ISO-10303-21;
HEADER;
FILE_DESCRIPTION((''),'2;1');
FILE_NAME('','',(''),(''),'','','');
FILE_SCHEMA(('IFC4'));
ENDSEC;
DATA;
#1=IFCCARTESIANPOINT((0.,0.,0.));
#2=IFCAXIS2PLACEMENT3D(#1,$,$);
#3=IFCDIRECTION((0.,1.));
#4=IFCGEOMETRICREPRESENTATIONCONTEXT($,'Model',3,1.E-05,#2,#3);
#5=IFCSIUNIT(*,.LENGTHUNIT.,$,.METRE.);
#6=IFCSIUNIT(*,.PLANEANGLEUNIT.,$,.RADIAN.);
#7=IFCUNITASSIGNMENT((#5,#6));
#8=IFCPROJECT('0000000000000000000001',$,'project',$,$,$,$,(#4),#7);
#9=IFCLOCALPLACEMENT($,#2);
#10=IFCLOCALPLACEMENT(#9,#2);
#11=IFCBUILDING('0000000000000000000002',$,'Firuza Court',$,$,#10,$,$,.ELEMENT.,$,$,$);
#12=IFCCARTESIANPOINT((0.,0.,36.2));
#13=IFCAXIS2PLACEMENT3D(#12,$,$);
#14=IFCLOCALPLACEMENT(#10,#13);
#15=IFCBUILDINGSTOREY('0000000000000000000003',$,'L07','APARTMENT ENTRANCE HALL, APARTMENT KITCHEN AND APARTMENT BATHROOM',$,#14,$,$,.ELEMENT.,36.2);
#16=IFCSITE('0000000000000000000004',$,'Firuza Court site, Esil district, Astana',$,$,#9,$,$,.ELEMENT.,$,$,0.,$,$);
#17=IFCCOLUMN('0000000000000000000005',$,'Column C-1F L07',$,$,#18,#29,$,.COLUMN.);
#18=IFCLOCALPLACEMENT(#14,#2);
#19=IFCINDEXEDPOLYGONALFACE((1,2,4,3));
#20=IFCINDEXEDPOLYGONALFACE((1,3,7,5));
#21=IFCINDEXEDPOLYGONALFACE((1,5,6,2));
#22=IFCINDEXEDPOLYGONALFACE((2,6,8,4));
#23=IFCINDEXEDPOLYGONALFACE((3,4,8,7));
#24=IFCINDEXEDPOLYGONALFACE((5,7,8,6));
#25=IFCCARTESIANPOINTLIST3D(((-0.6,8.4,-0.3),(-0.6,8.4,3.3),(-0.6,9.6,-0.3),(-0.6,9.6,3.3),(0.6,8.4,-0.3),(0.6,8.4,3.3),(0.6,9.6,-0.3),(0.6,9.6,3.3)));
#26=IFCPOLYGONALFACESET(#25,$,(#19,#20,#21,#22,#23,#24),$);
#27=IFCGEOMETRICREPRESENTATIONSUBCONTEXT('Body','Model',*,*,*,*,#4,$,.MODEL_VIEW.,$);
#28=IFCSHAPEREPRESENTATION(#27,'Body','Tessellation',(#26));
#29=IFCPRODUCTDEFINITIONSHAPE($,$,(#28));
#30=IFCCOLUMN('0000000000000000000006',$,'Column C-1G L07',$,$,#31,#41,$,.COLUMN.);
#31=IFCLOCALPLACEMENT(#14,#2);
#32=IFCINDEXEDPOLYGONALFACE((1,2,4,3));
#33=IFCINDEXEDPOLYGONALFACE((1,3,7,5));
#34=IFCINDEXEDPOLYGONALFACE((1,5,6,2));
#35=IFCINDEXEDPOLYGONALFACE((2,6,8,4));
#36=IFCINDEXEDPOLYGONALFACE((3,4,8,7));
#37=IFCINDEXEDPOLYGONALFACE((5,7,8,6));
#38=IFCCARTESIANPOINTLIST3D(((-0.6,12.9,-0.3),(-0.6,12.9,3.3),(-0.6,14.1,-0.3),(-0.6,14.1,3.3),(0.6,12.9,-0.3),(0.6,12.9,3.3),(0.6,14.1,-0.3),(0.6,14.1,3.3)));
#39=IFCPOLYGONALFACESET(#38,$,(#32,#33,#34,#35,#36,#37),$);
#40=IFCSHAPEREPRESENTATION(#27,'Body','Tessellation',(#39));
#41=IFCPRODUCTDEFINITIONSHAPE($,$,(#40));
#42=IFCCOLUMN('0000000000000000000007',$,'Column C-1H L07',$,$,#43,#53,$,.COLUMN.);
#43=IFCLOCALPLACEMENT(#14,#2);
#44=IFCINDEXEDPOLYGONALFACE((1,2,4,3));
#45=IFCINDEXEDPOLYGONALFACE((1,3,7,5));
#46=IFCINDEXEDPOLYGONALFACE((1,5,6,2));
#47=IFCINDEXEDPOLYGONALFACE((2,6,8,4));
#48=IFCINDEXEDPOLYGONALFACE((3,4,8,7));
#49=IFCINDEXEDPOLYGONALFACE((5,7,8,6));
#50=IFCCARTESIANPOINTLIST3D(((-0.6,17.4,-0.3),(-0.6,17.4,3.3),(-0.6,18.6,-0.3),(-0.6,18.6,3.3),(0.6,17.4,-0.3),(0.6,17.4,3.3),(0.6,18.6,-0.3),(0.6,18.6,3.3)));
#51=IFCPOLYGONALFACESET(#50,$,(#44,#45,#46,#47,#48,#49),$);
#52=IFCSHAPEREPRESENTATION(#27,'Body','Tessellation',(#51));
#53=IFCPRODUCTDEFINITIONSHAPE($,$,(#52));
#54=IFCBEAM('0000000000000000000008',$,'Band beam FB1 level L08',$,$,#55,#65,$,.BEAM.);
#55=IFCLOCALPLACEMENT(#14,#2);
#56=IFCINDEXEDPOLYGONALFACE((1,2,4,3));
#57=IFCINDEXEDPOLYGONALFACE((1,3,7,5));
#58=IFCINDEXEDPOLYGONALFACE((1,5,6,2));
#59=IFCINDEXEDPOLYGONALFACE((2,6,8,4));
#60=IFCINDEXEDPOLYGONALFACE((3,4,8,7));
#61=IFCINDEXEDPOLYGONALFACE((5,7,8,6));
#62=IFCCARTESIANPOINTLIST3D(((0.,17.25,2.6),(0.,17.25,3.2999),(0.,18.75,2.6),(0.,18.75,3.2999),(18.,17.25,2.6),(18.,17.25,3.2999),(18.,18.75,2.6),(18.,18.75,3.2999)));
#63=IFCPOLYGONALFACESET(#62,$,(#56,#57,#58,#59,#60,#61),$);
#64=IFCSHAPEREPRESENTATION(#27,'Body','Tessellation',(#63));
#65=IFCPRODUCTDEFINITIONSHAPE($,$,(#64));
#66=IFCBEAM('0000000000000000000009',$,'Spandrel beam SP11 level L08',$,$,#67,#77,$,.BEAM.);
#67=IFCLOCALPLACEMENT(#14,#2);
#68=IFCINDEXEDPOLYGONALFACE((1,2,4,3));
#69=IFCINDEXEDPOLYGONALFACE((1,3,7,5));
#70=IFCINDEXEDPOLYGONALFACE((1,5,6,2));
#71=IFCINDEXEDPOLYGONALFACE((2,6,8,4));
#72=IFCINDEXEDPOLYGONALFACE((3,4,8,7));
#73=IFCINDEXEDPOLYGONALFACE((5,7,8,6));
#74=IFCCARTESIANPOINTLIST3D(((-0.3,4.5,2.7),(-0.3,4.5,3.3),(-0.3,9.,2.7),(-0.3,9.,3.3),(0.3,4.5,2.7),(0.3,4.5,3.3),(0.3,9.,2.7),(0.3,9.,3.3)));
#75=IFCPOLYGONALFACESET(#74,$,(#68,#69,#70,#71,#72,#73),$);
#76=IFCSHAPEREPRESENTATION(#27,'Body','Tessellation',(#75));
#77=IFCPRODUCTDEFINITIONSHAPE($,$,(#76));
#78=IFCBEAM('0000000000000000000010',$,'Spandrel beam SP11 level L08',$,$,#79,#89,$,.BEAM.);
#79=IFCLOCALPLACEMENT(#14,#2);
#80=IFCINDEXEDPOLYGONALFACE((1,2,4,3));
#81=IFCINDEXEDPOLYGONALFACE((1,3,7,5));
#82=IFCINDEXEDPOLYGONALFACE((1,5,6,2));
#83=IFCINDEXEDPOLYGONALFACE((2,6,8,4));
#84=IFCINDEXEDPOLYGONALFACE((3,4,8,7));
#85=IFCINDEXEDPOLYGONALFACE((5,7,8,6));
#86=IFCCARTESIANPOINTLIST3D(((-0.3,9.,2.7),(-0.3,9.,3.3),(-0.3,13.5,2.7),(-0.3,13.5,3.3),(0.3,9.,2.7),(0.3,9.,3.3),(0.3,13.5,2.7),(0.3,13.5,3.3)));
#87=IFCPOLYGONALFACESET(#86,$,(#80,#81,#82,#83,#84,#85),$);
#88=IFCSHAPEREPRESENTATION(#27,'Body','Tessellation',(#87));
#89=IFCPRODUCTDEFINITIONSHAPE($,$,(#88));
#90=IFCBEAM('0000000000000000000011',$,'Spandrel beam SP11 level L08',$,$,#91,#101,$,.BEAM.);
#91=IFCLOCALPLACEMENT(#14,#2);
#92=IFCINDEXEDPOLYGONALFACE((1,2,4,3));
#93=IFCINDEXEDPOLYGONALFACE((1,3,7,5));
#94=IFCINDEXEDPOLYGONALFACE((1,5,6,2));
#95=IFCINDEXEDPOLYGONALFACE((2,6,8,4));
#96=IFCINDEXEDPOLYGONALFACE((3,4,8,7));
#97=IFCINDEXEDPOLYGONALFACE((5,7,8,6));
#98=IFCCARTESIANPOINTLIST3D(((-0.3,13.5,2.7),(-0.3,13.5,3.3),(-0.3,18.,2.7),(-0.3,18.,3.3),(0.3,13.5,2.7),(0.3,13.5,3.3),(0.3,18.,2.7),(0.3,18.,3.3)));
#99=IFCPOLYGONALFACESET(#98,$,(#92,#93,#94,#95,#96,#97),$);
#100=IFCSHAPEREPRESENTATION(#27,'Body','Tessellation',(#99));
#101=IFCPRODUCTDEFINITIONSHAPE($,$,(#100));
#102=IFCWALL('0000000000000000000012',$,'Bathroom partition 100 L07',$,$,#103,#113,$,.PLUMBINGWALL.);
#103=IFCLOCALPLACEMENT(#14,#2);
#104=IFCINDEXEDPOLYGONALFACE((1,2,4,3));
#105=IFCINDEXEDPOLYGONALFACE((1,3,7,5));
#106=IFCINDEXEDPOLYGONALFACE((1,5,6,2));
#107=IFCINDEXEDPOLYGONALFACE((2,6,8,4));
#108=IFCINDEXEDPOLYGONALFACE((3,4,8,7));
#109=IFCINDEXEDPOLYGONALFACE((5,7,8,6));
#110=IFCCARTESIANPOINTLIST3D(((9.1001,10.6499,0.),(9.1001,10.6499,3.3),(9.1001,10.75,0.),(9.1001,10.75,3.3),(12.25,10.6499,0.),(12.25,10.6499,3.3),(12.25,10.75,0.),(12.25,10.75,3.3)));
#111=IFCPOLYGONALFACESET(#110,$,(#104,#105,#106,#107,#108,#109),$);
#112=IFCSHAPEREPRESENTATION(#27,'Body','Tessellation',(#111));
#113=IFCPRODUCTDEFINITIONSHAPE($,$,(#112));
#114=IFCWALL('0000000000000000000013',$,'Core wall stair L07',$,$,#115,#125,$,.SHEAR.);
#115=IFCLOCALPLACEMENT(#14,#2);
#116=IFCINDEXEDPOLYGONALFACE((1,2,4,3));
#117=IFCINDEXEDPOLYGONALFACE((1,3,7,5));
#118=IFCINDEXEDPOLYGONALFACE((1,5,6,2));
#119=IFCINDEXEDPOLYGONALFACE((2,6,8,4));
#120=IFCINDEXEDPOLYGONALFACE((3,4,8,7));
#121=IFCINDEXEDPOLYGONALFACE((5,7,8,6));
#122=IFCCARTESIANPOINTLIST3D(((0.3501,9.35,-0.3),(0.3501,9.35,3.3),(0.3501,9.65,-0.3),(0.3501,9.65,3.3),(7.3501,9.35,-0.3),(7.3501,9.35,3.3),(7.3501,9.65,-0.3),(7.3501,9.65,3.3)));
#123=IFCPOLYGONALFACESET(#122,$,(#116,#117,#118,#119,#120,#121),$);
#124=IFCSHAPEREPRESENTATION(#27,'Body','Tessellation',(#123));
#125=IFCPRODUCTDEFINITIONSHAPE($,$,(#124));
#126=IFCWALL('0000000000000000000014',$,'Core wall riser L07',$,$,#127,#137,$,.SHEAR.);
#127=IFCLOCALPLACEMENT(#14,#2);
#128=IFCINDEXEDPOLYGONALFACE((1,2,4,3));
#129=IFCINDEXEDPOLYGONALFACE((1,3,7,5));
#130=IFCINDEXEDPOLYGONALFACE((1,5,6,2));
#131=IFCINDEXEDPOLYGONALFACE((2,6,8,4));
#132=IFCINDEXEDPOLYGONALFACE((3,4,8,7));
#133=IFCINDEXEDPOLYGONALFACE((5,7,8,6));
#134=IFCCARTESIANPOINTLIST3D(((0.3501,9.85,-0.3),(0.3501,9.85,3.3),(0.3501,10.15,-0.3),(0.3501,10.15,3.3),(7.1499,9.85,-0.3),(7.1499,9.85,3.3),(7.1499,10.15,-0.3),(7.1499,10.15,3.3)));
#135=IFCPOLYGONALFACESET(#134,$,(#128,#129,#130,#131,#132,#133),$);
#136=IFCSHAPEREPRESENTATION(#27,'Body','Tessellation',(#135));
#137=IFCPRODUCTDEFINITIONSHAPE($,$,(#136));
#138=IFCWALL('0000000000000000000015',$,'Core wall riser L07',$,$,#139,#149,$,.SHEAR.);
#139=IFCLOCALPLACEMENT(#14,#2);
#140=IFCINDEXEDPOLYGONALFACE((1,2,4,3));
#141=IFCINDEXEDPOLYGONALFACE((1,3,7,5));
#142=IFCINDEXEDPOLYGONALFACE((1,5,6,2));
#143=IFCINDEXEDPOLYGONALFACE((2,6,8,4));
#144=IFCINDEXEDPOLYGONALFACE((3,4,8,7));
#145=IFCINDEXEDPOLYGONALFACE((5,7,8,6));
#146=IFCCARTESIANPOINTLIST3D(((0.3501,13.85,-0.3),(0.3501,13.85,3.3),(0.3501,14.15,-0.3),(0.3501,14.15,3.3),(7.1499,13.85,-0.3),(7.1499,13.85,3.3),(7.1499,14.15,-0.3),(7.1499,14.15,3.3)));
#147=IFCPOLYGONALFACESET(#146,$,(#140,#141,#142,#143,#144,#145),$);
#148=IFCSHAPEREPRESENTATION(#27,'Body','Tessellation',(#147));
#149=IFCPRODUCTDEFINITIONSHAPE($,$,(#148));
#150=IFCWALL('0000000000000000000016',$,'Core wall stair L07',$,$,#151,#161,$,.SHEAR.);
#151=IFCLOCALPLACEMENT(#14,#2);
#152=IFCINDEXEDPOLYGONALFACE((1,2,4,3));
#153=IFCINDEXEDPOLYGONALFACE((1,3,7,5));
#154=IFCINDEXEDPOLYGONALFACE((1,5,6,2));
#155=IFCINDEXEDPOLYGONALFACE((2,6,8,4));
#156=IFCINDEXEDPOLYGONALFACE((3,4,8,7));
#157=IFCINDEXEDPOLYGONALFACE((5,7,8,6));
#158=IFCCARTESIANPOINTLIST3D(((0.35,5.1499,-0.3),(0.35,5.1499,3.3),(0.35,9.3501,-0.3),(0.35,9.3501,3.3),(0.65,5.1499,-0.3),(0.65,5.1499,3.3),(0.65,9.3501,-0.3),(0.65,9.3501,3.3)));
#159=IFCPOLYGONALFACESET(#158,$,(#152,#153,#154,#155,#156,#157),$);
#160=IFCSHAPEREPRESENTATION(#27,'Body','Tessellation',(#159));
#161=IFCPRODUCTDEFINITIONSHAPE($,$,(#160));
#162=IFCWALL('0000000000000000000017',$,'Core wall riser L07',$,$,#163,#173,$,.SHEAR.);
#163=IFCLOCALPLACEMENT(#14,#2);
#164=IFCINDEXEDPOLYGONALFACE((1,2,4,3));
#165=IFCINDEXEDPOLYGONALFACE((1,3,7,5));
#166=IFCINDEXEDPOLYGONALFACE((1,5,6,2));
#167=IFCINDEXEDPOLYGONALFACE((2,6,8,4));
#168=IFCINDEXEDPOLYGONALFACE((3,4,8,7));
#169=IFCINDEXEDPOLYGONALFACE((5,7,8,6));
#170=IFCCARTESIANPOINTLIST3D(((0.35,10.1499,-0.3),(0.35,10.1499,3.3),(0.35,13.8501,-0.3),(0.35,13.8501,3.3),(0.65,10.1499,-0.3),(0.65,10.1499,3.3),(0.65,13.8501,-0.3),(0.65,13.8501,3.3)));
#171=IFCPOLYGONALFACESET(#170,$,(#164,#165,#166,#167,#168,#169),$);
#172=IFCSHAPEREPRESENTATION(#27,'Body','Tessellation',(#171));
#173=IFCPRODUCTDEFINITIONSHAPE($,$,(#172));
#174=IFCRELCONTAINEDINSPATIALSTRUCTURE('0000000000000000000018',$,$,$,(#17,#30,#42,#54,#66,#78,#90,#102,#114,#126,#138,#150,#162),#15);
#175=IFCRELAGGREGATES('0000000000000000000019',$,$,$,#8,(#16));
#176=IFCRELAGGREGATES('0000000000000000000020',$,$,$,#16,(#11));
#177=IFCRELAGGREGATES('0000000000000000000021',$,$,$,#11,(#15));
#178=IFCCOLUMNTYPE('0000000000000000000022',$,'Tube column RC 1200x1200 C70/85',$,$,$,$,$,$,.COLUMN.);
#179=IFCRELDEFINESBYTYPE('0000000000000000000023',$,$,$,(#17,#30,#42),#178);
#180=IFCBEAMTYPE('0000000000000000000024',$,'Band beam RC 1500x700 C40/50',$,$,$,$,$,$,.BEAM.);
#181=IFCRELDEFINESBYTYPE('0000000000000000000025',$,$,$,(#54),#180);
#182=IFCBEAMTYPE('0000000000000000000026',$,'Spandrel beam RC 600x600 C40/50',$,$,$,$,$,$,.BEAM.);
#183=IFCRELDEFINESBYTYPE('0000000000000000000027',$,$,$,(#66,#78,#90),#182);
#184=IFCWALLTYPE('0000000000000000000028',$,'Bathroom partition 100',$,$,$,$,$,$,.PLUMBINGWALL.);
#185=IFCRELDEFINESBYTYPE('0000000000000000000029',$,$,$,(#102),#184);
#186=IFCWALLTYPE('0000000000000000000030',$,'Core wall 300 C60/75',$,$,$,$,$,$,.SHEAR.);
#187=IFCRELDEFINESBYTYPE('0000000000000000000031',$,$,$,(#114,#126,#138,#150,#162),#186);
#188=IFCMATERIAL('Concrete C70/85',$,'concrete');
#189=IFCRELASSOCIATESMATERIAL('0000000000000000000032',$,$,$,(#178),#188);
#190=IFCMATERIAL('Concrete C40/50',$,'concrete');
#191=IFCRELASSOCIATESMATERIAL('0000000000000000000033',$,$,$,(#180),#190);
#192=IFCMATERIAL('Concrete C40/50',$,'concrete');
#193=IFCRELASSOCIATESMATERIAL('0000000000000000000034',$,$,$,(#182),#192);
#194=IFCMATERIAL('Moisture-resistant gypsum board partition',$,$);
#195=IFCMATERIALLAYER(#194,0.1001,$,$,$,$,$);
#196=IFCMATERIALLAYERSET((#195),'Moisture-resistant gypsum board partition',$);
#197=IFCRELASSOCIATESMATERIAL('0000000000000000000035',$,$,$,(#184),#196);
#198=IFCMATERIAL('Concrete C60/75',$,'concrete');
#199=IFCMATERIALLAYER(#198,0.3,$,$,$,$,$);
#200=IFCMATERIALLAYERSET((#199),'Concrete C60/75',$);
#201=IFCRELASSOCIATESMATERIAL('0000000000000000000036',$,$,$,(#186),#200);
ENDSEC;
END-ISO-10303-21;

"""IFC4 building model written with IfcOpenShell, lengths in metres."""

from ifc_helpers import new_model, si_unit, direction, frame, frame_2d, origin, origin_2d, place, context, subcontext, project, spatial, rectangle, extrude, material, layer, layer_set, material_profile, profile_set, type_object, element, save


model = new_model("IFC4")

# Units and contexts
model_context = context("Model", 3, precision=1e-05, world=origin(), true_north=direction((0.0, 1.0)))
body_context = subcontext(model_context, "Body", "Model", "MODEL_VIEW")
ifc_project = project(units=[si_unit("LENGTHUNIT", "METRE"), si_unit("PLANEANGLEUNIT", "RADIAN")], contexts=[model_context])

# Site, building, storey
site_placement = place(None, origin())
site = spatial("IfcSite", under=ifc_project, at=site_placement, Name="Firuza Court site, Esil district, Astana", CompositionType="ELEMENT", RefElevation=0.0)
building_placement = place(site_placement, origin())
building = spatial("IfcBuilding", under=site, at=building_placement, Name="Firuza Court", CompositionType="ELEMENT")
storey_placement = place(building_placement, frame((0.0, 0.0, 36.2)))
storey = spatial("IfcBuildingStorey", under=building, at=storey_placement, Name="L07", Description="APARTMENT ENTRANCE HALL, APARTMENT KITCHEN AND APARTMENT BATHROOM", CompositionType="ELEMENT", Elevation=36.2)

# Columns
ifc_material_1 = material(Name="Concrete C70/85", Category="concrete")
ifc_material_profile_1 = material_profile(ifc_material_1, rectangle(XDim=1.2, YDim=1.2, at=origin_2d()), Name="RC 1200x1200")
ifc_profile_set_1 = profile_set([ifc_material_profile_1], Name="Concrete C70/85")
column_type = type_object("IfcColumnType", Name="Tube column RC 1200x1200 C70/85", PredefinedType="COLUMN", material=ifc_profile_set_1)
for number, where, z_axis, x_axis, name in (
    (1, (0.0, 9.0, -0.3), (0.0, 0.0, 1.0), (1.0, 0.0, 0.0), "Column C-1F L07"),
    (2, (0.0, 13.5, -0.3), (0.0, 0.0, 1.0), (1.0, 0.0, 0.0), "Column C-1G L07"),
    (3, (0.0, 18.0, -0.3), (0.0, 0.0, 1.0), (1.0, 0.0, 0.0), "Column C-1H L07"),
):
    element("IfcColumn", number, at=place(storey_placement, frame(where, z_axis=z_axis, x_axis=x_axis)), inside=storey, type_object=column_type, Name=name, PredefinedType="COLUMN", context=body_context, shape_type="SweptSolid", body=[
        extrude(rectangle(XDim=1.2, YDim=1.2, at=origin_2d()), origin(), (0.0, 0.0, 1.0), 3.6001),
    ])

# Beams
ifc_material_2 = material(Name="Concrete C40/50", Category="concrete")
ifc_material_profile_2 = material_profile(ifc_material_2, rectangle(XDim=1.5, YDim=0.7, at=origin_2d()), Name="RC 1500x700")
ifc_profile_set_2 = profile_set([ifc_material_profile_2], Name="Concrete C40/50")
beam_type_1 = type_object("IfcBeamType", Name="Band beam RC 1500x700 C40/50", PredefinedType="BEAM", material=ifc_profile_set_2)
beam_placement = place(storey_placement, frame((0.0, 18.0, 2.95), z_axis=(1.0, 0.0, 0.0), x_axis=(0.0, 1.0, 0.0)))
element("IfcBeam", 4, at=beam_placement, inside=storey, type_object=beam_type_1, Name="Band beam FB1 level L08", PredefinedType="BEAM", context=body_context, shape_type="SweptSolid", body=[
    extrude(rectangle(XDim=1.5, YDim=0.7, at=origin_2d()), origin(), (0.0, 0.0, 1.0), 18.0),
])
ifc_material_3 = material(Name="Concrete C40/50", Category="concrete")
ifc_material_profile_3 = material_profile(ifc_material_3, rectangle(XDim=0.6001, YDim=0.6001, at=origin_2d()), Name="RC 600x600")
ifc_profile_set_3 = profile_set([ifc_material_profile_3], Name="Concrete C40/50")
beam_type_2 = type_object("IfcBeamType", Name="Spandrel beam RC 600x600 C40/50", PredefinedType="BEAM", material=ifc_profile_set_3)
for number, where, z_axis, x_axis, name in (
    (5, (0.0, 9.0, 3.0), (0.0, -1.0, 0.0), (1.0, 0.0, 0.0), "Spandrel beam SP11 level L08"),
    (6, (0.0, 13.5, 3.0), (0.0, -1.0, 0.0), (1.0, 0.0, 0.0), "Spandrel beam SP11 level L08"),
    (7, (0.0, 18.0, 3.0), (0.0, -1.0, 0.0), (1.0, 0.0, 0.0), "Spandrel beam SP11 level L08"),
):
    element("IfcBeam", number, at=place(storey_placement, frame(where, z_axis=z_axis, x_axis=x_axis)), inside=storey, type_object=beam_type_2, Name=name, PredefinedType="BEAM", context=body_context, shape_type="SweptSolid", body=[
        extrude(rectangle(XDim=0.6001, YDim=0.6001, at=origin_2d()), origin(), (0.0, 0.0, 1.0), 4.5),
    ])

# Walls
ifc_material_4 = material(Name="Moisture-resistant gypsum board partition")
ifc_layer_1 = layer(ifc_material_4, 0.1001)
ifc_layer_set_1 = layer_set([ifc_layer_1], Name="Moisture-resistant gypsum board partition")
wall_type_1 = type_object("IfcWallType", Name="Bathroom partition 100", PredefinedType="PLUMBINGWALL", material=ifc_layer_set_1)
wall_1_placement = place(storey_placement, frame((9.1001, 10.7, 0.0), z_axis=(0.0, 0.0, 1.0), x_axis=(1.0, 0.0, 0.0)))
element("IfcWall", 8, at=wall_1_placement, inside=storey, type_object=wall_type_1, Name="Bathroom partition 100 L07", PredefinedType="PLUMBINGWALL", context=body_context, shape_type="SweptSolid", body=[
    extrude(rectangle(XDim=3.1499, YDim=0.1001, at=frame_2d((1.575, 0.0))), origin(), (0.0, 0.0, 1.0), 3.3),
])
ifc_material_5 = material(Name="Concrete C60/75", Category="concrete")
ifc_layer_2 = layer(ifc_material_5, 0.3)
ifc_layer_set_2 = layer_set([ifc_layer_2], Name="Concrete C60/75")
wall_type_2 = type_object("IfcWallType", Name="Core wall 300 C60/75", PredefinedType="SHEAR", material=ifc_layer_set_2)
wall_2_placement = place(storey_placement, frame((0.3501, 9.5, -0.3), z_axis=(0.0, 0.0, 1.0), x_axis=(1.0, 0.0, 0.0)))
element("IfcWall", 9, at=wall_2_placement, inside=storey, type_object=wall_type_2, Name="Core wall stair L07", PredefinedType="SHEAR", context=body_context, shape_type="SweptSolid", body=[
    extrude(rectangle(XDim=7.0, YDim=0.3, at=frame_2d((3.5, 0.0))), origin(), (0.0, 0.0, 1.0), 3.6001),
])
for number, where, z_axis, x_axis, name in (
    (10, (0.3501, 10.0, -0.3), (0.0, 0.0, 1.0), (1.0, 0.0, 0.0), "Core wall riser L07"),
    (11, (0.3501, 14.0, -0.3), (0.0, 0.0, 1.0), (1.0, 0.0, 0.0), "Core wall riser L07"),
):
    element("IfcWall", number, at=place(storey_placement, frame(where, z_axis=z_axis, x_axis=x_axis)), inside=storey, type_object=wall_type_2, Name=name, PredefinedType="SHEAR", context=body_context, shape_type="SweptSolid", body=[
        extrude(rectangle(XDim=6.7998, YDim=0.3, at=frame_2d((3.3999, 0.0))), origin(), (0.0, 0.0, 1.0), 3.6001),
    ])
wall_3_placement = place(storey_placement, frame((0.5, 5.1499, -0.3), z_axis=(0.0, 0.0, 1.0), x_axis=(0.0, 1.0, 0.0)))
element("IfcWall", 12, at=wall_3_placement, inside=storey, type_object=wall_type_2, Name="Core wall stair L07", PredefinedType="SHEAR", context=body_context, shape_type="SweptSolid", body=[
    extrude(rectangle(XDim=4.2002, YDim=0.3, at=frame_2d((2.1001, 0.0))), origin(), (0.0, 0.0, 1.0), 3.6001),
])
wall_4_placement = place(storey_placement, frame((0.5, 10.1499, -0.3), z_axis=(0.0, 0.0, 1.0), x_axis=(0.0, 1.0, 0.0)))
element("IfcWall", 13, at=wall_4_placement, inside=storey, type_object=wall_type_2, Name="Core wall riser L07", PredefinedType="SHEAR", context=body_context, shape_type="SweptSolid", body=[
    extrude(rectangle(XDim=3.7002, YDim=0.3, at=frame_2d((1.8501, 0.0))), origin(), (0.0, 0.0, 1.0), 3.6001),
])

save(model, "model.ifc")
